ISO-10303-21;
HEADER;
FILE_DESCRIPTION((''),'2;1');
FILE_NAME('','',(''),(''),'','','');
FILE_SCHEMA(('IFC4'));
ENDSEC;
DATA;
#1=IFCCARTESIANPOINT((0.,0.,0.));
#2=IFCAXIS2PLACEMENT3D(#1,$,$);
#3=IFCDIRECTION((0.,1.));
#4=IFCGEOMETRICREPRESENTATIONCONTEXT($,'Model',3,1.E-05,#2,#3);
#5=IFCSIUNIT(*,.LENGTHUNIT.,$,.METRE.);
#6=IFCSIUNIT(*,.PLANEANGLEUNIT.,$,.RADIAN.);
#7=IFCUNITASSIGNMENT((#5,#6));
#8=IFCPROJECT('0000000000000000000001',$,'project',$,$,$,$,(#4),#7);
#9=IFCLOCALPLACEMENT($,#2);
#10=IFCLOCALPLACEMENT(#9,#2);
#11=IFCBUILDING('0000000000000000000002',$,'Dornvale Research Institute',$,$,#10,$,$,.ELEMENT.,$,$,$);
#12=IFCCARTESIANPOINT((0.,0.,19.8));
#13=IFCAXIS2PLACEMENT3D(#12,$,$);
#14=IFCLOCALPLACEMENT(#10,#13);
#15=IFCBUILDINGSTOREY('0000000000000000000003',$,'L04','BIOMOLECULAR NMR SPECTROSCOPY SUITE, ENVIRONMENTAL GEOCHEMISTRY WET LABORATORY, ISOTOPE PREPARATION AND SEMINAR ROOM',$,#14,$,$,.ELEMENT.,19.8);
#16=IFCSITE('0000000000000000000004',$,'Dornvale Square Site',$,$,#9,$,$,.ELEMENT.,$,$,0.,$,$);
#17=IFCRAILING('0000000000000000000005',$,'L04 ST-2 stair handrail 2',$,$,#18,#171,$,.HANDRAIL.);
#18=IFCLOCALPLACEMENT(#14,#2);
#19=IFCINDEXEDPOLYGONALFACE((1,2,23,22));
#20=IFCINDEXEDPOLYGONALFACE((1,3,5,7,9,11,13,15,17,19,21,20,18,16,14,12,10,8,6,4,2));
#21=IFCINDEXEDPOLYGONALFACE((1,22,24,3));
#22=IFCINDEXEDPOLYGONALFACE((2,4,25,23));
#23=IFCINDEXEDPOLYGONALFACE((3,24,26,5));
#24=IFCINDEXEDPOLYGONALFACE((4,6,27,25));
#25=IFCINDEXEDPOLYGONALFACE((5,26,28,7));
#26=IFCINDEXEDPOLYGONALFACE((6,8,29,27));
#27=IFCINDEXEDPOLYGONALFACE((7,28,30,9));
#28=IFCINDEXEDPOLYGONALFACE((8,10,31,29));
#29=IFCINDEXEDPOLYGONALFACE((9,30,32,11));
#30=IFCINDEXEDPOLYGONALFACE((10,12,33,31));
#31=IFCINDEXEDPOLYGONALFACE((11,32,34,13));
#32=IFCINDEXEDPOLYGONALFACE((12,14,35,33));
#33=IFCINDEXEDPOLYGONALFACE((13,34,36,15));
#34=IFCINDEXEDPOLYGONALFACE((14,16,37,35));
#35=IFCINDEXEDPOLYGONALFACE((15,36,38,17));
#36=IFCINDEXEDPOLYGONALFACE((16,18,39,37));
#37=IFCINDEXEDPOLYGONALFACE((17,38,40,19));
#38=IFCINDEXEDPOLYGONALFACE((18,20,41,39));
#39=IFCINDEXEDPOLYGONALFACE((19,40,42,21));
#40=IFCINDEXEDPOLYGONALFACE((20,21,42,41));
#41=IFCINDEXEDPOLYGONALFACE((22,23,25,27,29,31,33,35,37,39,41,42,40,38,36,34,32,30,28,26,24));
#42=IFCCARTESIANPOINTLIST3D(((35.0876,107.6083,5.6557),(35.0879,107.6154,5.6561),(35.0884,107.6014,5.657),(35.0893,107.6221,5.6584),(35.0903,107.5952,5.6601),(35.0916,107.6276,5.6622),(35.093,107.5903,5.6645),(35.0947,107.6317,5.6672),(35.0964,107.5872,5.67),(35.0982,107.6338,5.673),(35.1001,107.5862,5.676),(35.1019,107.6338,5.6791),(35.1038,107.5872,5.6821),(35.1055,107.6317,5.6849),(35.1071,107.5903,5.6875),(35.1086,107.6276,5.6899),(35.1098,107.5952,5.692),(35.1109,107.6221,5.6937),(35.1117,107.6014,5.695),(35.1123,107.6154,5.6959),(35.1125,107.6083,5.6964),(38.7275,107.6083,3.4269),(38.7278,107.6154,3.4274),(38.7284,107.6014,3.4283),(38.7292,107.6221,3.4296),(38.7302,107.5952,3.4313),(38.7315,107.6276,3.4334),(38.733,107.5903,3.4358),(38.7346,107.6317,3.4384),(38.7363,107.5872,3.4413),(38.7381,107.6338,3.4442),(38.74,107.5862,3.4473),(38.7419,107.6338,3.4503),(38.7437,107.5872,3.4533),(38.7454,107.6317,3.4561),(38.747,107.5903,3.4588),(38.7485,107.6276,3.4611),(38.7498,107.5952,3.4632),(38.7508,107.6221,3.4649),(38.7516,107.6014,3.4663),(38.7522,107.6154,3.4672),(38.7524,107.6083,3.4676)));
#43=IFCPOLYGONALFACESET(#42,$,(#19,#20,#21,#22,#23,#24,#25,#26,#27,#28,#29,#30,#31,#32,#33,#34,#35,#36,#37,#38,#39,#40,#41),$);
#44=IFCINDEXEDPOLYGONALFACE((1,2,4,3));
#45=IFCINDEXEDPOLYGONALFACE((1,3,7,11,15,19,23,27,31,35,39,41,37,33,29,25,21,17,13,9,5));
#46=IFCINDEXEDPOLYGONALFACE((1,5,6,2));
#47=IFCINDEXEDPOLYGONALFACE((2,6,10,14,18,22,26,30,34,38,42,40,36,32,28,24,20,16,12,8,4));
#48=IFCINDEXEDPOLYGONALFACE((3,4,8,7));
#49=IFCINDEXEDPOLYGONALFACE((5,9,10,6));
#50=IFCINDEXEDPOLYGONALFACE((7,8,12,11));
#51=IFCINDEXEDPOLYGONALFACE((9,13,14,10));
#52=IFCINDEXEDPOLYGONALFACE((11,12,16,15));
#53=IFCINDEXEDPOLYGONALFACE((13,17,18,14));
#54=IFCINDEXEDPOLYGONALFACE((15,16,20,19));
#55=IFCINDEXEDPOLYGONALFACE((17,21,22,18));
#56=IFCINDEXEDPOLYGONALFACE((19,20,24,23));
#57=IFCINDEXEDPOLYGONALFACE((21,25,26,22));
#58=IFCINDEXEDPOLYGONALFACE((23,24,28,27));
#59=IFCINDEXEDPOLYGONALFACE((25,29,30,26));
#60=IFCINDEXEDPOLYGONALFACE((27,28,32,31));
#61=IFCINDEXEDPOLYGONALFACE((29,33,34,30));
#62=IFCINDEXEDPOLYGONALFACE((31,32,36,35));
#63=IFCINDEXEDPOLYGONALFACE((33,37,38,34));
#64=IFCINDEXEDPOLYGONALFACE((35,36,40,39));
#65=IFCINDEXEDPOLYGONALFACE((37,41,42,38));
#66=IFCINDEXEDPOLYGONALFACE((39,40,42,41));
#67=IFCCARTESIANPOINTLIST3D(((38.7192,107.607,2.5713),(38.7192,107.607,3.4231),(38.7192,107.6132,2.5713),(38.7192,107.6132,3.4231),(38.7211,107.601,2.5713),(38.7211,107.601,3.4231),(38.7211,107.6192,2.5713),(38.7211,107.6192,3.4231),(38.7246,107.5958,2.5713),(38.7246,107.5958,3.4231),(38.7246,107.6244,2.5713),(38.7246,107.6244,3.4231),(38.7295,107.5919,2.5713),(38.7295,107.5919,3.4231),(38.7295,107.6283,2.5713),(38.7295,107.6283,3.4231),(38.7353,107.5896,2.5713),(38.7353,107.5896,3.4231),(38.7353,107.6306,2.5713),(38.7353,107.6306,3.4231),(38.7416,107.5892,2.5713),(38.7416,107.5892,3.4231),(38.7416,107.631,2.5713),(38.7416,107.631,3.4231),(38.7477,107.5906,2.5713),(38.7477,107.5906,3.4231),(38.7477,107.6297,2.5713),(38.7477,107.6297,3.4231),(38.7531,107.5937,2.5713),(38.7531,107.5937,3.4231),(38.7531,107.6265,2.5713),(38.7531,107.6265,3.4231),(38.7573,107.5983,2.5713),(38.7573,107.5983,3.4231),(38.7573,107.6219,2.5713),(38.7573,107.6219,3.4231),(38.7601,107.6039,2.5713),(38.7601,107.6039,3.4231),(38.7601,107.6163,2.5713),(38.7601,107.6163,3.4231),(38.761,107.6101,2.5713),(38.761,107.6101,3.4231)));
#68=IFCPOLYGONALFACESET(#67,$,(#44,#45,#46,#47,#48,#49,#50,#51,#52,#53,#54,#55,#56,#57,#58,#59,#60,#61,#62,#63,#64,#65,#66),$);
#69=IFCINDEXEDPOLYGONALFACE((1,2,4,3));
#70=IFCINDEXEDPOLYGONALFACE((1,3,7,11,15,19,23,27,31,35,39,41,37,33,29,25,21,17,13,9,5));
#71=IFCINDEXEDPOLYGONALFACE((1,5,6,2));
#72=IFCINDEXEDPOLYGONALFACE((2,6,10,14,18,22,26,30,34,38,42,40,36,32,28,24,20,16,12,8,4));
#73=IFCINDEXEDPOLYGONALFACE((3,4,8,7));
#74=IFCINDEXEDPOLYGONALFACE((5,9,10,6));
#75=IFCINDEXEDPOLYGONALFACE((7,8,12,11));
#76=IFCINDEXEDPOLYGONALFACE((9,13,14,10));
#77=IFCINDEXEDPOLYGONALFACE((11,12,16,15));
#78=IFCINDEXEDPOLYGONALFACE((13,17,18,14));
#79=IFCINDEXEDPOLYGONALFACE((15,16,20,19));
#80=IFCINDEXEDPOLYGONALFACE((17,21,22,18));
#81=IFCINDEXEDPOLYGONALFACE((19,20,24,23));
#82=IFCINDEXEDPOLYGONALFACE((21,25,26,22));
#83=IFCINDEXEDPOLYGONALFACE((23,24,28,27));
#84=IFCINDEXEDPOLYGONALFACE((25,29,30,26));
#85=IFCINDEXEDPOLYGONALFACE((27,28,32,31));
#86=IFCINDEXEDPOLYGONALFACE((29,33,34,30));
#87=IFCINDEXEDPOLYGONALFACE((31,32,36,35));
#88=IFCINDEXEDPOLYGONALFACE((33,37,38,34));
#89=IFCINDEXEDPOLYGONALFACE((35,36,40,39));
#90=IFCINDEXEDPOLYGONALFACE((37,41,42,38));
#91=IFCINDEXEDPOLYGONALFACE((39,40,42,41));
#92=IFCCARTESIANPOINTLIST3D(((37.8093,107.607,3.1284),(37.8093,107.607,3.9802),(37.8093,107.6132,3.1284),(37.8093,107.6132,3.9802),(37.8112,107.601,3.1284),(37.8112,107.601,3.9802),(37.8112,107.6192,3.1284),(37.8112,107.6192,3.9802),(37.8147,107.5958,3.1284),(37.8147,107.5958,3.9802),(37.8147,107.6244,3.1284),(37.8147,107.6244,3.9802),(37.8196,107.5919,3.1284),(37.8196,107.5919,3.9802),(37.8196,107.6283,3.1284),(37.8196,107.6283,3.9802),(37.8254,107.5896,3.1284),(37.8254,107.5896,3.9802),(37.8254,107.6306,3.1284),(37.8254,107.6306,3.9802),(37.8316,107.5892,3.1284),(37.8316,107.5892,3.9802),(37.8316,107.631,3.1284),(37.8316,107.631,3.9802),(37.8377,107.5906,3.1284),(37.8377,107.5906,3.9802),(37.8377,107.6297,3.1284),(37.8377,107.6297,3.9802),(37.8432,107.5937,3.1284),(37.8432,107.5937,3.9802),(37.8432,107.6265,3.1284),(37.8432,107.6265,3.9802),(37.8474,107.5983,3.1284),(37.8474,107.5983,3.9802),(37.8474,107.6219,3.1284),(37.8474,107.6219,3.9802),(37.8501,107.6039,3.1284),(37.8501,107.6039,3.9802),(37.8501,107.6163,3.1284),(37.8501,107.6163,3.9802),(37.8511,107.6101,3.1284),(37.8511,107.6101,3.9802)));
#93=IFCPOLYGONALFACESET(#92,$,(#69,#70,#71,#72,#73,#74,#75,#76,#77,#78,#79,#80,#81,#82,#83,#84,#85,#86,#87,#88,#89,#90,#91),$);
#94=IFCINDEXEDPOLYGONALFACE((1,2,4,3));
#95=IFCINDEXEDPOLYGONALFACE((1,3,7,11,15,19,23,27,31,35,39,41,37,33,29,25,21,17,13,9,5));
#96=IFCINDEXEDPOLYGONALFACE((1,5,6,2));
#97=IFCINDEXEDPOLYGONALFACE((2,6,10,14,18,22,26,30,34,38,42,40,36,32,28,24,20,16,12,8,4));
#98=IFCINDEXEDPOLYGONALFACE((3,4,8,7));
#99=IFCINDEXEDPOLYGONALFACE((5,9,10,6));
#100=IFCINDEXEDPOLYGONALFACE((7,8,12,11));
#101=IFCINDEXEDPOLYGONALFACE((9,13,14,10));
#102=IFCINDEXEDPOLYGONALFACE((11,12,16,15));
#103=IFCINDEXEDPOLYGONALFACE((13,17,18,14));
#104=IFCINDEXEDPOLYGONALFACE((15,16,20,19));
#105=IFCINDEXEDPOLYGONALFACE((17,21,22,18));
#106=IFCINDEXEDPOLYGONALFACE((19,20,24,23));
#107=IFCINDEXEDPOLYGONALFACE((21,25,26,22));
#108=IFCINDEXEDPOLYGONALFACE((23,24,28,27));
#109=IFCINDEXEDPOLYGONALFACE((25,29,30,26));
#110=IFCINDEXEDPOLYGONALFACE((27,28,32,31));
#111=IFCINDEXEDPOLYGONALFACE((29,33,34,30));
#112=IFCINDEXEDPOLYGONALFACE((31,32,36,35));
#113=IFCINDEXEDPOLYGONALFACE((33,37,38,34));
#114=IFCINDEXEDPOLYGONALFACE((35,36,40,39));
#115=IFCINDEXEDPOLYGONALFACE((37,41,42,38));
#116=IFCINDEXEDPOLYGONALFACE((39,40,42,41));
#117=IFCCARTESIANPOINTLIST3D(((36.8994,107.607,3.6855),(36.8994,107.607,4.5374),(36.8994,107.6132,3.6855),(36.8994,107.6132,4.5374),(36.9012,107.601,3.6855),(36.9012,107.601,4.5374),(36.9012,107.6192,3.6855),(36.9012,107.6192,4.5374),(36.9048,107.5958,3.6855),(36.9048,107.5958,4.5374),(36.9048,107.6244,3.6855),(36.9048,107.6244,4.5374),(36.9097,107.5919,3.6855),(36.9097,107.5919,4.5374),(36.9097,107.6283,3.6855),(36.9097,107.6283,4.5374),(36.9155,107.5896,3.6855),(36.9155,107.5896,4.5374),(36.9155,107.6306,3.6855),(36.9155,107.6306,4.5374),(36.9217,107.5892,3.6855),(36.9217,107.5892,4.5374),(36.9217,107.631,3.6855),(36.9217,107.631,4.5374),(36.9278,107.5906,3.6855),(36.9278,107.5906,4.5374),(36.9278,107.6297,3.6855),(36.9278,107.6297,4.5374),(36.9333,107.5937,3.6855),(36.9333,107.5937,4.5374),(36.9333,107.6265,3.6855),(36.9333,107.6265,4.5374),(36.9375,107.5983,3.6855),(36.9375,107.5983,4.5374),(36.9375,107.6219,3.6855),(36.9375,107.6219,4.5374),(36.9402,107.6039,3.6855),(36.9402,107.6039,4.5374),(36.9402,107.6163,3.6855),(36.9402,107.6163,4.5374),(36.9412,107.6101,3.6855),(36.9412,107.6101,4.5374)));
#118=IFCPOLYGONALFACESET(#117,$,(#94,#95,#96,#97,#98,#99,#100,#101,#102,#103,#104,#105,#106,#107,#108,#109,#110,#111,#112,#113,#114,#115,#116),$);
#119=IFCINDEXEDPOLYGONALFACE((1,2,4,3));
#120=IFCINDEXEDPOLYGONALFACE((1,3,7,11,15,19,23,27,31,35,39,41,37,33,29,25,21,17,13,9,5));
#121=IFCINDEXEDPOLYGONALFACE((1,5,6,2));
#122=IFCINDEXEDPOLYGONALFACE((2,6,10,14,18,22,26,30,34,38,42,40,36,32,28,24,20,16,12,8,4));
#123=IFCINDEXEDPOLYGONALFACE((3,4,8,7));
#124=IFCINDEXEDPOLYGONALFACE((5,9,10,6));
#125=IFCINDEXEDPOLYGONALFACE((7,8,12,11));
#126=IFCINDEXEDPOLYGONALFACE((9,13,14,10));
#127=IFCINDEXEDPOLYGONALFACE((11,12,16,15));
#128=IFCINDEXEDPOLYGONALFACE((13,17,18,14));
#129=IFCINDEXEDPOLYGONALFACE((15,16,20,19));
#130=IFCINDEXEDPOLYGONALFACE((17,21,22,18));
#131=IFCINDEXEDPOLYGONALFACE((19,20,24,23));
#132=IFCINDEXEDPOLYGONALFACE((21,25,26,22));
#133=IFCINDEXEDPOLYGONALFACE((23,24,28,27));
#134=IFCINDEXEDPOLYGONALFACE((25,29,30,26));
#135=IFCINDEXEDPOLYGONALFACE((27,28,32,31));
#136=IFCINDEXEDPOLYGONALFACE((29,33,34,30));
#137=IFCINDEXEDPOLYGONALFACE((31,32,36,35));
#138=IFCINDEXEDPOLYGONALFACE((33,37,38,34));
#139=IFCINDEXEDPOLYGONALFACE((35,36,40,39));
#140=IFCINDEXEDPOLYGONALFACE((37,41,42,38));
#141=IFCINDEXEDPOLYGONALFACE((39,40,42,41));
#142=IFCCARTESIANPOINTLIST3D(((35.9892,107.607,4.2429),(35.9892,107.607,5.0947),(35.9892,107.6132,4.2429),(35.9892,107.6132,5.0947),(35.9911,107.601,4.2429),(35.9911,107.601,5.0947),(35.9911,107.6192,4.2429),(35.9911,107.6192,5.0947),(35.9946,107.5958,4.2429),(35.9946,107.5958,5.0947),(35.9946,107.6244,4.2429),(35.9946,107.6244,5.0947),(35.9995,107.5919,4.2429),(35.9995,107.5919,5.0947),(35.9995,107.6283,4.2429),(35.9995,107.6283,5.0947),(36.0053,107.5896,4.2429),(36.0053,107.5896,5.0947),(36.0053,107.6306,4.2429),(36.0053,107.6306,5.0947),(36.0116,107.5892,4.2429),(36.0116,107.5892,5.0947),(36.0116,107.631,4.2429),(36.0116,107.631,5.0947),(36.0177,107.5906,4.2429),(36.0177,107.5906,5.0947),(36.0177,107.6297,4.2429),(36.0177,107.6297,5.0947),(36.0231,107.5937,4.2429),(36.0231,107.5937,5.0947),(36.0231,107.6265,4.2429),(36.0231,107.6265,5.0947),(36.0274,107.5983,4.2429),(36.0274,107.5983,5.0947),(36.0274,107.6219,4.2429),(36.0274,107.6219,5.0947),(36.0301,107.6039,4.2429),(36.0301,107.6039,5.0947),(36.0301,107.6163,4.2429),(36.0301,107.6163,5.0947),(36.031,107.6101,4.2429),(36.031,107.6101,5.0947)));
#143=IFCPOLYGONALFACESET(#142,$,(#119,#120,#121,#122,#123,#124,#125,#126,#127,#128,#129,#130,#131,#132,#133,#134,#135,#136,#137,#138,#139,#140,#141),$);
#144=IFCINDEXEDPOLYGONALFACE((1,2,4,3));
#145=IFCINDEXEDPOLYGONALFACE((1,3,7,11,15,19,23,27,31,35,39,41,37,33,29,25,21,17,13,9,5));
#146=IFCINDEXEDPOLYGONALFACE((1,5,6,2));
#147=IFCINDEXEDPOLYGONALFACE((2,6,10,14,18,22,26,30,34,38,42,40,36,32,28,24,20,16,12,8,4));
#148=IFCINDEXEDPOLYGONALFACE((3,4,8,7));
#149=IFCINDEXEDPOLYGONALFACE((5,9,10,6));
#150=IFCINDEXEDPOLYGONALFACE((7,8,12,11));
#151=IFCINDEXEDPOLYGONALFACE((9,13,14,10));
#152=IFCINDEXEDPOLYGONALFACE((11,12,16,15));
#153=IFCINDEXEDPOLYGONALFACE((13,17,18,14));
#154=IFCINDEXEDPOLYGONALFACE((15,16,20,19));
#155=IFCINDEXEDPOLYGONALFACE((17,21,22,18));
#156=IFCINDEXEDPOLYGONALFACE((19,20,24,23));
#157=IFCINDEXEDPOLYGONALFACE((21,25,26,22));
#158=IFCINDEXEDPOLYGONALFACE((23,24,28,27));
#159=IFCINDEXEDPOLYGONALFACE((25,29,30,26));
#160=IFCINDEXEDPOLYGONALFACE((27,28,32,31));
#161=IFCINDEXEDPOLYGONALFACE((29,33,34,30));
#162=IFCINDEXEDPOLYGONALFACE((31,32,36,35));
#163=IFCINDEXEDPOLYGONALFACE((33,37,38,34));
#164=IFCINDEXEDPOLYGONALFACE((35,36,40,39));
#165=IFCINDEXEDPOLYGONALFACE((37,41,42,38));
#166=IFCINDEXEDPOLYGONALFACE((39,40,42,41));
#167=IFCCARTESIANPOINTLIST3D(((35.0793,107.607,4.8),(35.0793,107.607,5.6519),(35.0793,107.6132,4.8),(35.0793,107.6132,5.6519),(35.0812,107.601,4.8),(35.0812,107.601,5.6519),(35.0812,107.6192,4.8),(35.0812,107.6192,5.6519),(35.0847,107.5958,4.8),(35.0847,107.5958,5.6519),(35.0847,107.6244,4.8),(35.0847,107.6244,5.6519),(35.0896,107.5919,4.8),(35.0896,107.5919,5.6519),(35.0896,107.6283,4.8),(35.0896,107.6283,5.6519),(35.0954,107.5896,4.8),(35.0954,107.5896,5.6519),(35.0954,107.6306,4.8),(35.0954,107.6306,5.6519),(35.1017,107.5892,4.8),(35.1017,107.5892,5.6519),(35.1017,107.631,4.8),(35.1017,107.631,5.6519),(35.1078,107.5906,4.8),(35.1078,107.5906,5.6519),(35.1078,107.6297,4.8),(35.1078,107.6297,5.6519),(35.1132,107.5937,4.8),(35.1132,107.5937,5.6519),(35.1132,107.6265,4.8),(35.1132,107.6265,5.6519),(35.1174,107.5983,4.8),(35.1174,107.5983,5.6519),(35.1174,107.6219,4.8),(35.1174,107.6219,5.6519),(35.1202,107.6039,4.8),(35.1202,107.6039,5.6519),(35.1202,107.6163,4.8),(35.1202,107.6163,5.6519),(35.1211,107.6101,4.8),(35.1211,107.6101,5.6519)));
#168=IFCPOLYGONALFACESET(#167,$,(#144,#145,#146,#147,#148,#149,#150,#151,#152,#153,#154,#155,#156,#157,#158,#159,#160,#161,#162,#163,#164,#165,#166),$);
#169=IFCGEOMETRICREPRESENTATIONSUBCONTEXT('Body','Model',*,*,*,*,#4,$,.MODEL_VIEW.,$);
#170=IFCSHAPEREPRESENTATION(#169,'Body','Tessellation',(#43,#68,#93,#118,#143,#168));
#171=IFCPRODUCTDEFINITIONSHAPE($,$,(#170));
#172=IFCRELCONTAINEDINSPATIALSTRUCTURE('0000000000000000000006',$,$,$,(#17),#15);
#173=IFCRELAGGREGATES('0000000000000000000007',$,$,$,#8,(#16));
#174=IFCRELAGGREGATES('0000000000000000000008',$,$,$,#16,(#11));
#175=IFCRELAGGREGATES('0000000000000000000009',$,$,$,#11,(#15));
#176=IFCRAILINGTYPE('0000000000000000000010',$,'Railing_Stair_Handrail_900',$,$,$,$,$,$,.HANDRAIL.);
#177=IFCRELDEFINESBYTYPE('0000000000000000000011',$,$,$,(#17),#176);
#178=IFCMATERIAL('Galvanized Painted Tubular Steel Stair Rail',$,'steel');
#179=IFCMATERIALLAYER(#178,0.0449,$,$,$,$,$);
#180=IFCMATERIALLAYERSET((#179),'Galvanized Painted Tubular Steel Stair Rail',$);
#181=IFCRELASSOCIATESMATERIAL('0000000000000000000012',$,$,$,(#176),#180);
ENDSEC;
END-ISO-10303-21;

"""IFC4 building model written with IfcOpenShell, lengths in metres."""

from ifc_helpers import new_model, si_unit, direction, frame, origin, origin_2d, place, context, subcontext, project, spatial, circle, extrude, material, layer, layer_set, type_object, element, save


model = new_model("IFC4")

# Units and contexts
model_context = context("Model", 3, precision=1e-05, world=origin(), true_north=direction((0.0, 1.0)))
body_context = subcontext(model_context, "Body", "Model", "MODEL_VIEW")
ifc_project = project(units=[si_unit("LENGTHUNIT", "METRE"), si_unit("PLANEANGLEUNIT", "RADIAN")], contexts=[model_context])

# Site, building, storey
site_placement = place(None, origin())
site = spatial("IfcSite", under=ifc_project, at=site_placement, Name="Dornvale Square Site", CompositionType="ELEMENT", RefElevation=0.0)
building_placement = place(site_placement, origin())
building = spatial("IfcBuilding", under=site, at=building_placement, Name="Dornvale Research Institute", CompositionType="ELEMENT")
storey_placement = place(building_placement, frame((0.0, 0.0, 19.8)))
storey = spatial("IfcBuildingStorey", under=building, at=storey_placement, Name="L04", Description="BIOMOLECULAR NMR SPECTROSCOPY SUITE, ENVIRONMENTAL GEOCHEMISTRY WET LABORATORY, ISOTOPE PREPARATION AND SEMINAR ROOM", CompositionType="ELEMENT", Elevation=19.8)

# Railing
ifc_material_1 = material(Name="Galvanized Painted Tubular Steel Stair Rail", Category="steel")
ifc_layer_1 = layer(ifc_material_1, 0.0449)
ifc_layer_set_1 = layer_set([ifc_layer_1], Name="Galvanized Painted Tubular Steel Stair Rail")
railing_type_1 = type_object("IfcRailingType", Name="Railing_Stair_Handrail_900", PredefinedType="HANDRAIL", material=ifc_layer_set_1)
railing_1_placement = place(storey_placement, frame((38.74, 107.6101, 2.5713)))
element("IfcRailing", 1, at=railing_1_placement, inside=storey, type_object=railing_type_1, Name="L04 ST-2 stair handrail 2", PredefinedType="HANDRAIL", context=body_context, shape_type="SweptSolid", body=[
    extrude(circle(Radius=0.0239, at=origin_2d()), frame((0.0, 0.0, 0.876), z_axis=(-0.852825, 0.0, 0.522197), x_axis=(0.0, -1.0, 0.0)), (0.0, 0.0, 1.0), 4.2681),
    extrude(circle(Radius=0.021, at=origin_2d()), origin(), (0.0, 0.0, 1.0), 0.8518),
    extrude(circle(Radius=0.021, at=origin_2d()), frame((-0.9099, 0.0, 0.5571)), (0.0, 0.0, 1.0), 0.8518),
    extrude(circle(Radius=0.021, at=origin_2d()), frame((-1.8198, 0.0, 1.1143)), (0.0, 0.0, 1.0), 0.8518),
    extrude(circle(Radius=0.021, at=origin_2d()), frame((-2.73, 0.0, 1.6716)), (0.0, 0.0, 1.0), 0.8518),
    extrude(circle(Radius=0.021, at=origin_2d()), frame((-3.6399, 0.0, 2.2288)), (0.0, 0.0, 1.0), 0.8518),
])

save(model, "model.ifc")
